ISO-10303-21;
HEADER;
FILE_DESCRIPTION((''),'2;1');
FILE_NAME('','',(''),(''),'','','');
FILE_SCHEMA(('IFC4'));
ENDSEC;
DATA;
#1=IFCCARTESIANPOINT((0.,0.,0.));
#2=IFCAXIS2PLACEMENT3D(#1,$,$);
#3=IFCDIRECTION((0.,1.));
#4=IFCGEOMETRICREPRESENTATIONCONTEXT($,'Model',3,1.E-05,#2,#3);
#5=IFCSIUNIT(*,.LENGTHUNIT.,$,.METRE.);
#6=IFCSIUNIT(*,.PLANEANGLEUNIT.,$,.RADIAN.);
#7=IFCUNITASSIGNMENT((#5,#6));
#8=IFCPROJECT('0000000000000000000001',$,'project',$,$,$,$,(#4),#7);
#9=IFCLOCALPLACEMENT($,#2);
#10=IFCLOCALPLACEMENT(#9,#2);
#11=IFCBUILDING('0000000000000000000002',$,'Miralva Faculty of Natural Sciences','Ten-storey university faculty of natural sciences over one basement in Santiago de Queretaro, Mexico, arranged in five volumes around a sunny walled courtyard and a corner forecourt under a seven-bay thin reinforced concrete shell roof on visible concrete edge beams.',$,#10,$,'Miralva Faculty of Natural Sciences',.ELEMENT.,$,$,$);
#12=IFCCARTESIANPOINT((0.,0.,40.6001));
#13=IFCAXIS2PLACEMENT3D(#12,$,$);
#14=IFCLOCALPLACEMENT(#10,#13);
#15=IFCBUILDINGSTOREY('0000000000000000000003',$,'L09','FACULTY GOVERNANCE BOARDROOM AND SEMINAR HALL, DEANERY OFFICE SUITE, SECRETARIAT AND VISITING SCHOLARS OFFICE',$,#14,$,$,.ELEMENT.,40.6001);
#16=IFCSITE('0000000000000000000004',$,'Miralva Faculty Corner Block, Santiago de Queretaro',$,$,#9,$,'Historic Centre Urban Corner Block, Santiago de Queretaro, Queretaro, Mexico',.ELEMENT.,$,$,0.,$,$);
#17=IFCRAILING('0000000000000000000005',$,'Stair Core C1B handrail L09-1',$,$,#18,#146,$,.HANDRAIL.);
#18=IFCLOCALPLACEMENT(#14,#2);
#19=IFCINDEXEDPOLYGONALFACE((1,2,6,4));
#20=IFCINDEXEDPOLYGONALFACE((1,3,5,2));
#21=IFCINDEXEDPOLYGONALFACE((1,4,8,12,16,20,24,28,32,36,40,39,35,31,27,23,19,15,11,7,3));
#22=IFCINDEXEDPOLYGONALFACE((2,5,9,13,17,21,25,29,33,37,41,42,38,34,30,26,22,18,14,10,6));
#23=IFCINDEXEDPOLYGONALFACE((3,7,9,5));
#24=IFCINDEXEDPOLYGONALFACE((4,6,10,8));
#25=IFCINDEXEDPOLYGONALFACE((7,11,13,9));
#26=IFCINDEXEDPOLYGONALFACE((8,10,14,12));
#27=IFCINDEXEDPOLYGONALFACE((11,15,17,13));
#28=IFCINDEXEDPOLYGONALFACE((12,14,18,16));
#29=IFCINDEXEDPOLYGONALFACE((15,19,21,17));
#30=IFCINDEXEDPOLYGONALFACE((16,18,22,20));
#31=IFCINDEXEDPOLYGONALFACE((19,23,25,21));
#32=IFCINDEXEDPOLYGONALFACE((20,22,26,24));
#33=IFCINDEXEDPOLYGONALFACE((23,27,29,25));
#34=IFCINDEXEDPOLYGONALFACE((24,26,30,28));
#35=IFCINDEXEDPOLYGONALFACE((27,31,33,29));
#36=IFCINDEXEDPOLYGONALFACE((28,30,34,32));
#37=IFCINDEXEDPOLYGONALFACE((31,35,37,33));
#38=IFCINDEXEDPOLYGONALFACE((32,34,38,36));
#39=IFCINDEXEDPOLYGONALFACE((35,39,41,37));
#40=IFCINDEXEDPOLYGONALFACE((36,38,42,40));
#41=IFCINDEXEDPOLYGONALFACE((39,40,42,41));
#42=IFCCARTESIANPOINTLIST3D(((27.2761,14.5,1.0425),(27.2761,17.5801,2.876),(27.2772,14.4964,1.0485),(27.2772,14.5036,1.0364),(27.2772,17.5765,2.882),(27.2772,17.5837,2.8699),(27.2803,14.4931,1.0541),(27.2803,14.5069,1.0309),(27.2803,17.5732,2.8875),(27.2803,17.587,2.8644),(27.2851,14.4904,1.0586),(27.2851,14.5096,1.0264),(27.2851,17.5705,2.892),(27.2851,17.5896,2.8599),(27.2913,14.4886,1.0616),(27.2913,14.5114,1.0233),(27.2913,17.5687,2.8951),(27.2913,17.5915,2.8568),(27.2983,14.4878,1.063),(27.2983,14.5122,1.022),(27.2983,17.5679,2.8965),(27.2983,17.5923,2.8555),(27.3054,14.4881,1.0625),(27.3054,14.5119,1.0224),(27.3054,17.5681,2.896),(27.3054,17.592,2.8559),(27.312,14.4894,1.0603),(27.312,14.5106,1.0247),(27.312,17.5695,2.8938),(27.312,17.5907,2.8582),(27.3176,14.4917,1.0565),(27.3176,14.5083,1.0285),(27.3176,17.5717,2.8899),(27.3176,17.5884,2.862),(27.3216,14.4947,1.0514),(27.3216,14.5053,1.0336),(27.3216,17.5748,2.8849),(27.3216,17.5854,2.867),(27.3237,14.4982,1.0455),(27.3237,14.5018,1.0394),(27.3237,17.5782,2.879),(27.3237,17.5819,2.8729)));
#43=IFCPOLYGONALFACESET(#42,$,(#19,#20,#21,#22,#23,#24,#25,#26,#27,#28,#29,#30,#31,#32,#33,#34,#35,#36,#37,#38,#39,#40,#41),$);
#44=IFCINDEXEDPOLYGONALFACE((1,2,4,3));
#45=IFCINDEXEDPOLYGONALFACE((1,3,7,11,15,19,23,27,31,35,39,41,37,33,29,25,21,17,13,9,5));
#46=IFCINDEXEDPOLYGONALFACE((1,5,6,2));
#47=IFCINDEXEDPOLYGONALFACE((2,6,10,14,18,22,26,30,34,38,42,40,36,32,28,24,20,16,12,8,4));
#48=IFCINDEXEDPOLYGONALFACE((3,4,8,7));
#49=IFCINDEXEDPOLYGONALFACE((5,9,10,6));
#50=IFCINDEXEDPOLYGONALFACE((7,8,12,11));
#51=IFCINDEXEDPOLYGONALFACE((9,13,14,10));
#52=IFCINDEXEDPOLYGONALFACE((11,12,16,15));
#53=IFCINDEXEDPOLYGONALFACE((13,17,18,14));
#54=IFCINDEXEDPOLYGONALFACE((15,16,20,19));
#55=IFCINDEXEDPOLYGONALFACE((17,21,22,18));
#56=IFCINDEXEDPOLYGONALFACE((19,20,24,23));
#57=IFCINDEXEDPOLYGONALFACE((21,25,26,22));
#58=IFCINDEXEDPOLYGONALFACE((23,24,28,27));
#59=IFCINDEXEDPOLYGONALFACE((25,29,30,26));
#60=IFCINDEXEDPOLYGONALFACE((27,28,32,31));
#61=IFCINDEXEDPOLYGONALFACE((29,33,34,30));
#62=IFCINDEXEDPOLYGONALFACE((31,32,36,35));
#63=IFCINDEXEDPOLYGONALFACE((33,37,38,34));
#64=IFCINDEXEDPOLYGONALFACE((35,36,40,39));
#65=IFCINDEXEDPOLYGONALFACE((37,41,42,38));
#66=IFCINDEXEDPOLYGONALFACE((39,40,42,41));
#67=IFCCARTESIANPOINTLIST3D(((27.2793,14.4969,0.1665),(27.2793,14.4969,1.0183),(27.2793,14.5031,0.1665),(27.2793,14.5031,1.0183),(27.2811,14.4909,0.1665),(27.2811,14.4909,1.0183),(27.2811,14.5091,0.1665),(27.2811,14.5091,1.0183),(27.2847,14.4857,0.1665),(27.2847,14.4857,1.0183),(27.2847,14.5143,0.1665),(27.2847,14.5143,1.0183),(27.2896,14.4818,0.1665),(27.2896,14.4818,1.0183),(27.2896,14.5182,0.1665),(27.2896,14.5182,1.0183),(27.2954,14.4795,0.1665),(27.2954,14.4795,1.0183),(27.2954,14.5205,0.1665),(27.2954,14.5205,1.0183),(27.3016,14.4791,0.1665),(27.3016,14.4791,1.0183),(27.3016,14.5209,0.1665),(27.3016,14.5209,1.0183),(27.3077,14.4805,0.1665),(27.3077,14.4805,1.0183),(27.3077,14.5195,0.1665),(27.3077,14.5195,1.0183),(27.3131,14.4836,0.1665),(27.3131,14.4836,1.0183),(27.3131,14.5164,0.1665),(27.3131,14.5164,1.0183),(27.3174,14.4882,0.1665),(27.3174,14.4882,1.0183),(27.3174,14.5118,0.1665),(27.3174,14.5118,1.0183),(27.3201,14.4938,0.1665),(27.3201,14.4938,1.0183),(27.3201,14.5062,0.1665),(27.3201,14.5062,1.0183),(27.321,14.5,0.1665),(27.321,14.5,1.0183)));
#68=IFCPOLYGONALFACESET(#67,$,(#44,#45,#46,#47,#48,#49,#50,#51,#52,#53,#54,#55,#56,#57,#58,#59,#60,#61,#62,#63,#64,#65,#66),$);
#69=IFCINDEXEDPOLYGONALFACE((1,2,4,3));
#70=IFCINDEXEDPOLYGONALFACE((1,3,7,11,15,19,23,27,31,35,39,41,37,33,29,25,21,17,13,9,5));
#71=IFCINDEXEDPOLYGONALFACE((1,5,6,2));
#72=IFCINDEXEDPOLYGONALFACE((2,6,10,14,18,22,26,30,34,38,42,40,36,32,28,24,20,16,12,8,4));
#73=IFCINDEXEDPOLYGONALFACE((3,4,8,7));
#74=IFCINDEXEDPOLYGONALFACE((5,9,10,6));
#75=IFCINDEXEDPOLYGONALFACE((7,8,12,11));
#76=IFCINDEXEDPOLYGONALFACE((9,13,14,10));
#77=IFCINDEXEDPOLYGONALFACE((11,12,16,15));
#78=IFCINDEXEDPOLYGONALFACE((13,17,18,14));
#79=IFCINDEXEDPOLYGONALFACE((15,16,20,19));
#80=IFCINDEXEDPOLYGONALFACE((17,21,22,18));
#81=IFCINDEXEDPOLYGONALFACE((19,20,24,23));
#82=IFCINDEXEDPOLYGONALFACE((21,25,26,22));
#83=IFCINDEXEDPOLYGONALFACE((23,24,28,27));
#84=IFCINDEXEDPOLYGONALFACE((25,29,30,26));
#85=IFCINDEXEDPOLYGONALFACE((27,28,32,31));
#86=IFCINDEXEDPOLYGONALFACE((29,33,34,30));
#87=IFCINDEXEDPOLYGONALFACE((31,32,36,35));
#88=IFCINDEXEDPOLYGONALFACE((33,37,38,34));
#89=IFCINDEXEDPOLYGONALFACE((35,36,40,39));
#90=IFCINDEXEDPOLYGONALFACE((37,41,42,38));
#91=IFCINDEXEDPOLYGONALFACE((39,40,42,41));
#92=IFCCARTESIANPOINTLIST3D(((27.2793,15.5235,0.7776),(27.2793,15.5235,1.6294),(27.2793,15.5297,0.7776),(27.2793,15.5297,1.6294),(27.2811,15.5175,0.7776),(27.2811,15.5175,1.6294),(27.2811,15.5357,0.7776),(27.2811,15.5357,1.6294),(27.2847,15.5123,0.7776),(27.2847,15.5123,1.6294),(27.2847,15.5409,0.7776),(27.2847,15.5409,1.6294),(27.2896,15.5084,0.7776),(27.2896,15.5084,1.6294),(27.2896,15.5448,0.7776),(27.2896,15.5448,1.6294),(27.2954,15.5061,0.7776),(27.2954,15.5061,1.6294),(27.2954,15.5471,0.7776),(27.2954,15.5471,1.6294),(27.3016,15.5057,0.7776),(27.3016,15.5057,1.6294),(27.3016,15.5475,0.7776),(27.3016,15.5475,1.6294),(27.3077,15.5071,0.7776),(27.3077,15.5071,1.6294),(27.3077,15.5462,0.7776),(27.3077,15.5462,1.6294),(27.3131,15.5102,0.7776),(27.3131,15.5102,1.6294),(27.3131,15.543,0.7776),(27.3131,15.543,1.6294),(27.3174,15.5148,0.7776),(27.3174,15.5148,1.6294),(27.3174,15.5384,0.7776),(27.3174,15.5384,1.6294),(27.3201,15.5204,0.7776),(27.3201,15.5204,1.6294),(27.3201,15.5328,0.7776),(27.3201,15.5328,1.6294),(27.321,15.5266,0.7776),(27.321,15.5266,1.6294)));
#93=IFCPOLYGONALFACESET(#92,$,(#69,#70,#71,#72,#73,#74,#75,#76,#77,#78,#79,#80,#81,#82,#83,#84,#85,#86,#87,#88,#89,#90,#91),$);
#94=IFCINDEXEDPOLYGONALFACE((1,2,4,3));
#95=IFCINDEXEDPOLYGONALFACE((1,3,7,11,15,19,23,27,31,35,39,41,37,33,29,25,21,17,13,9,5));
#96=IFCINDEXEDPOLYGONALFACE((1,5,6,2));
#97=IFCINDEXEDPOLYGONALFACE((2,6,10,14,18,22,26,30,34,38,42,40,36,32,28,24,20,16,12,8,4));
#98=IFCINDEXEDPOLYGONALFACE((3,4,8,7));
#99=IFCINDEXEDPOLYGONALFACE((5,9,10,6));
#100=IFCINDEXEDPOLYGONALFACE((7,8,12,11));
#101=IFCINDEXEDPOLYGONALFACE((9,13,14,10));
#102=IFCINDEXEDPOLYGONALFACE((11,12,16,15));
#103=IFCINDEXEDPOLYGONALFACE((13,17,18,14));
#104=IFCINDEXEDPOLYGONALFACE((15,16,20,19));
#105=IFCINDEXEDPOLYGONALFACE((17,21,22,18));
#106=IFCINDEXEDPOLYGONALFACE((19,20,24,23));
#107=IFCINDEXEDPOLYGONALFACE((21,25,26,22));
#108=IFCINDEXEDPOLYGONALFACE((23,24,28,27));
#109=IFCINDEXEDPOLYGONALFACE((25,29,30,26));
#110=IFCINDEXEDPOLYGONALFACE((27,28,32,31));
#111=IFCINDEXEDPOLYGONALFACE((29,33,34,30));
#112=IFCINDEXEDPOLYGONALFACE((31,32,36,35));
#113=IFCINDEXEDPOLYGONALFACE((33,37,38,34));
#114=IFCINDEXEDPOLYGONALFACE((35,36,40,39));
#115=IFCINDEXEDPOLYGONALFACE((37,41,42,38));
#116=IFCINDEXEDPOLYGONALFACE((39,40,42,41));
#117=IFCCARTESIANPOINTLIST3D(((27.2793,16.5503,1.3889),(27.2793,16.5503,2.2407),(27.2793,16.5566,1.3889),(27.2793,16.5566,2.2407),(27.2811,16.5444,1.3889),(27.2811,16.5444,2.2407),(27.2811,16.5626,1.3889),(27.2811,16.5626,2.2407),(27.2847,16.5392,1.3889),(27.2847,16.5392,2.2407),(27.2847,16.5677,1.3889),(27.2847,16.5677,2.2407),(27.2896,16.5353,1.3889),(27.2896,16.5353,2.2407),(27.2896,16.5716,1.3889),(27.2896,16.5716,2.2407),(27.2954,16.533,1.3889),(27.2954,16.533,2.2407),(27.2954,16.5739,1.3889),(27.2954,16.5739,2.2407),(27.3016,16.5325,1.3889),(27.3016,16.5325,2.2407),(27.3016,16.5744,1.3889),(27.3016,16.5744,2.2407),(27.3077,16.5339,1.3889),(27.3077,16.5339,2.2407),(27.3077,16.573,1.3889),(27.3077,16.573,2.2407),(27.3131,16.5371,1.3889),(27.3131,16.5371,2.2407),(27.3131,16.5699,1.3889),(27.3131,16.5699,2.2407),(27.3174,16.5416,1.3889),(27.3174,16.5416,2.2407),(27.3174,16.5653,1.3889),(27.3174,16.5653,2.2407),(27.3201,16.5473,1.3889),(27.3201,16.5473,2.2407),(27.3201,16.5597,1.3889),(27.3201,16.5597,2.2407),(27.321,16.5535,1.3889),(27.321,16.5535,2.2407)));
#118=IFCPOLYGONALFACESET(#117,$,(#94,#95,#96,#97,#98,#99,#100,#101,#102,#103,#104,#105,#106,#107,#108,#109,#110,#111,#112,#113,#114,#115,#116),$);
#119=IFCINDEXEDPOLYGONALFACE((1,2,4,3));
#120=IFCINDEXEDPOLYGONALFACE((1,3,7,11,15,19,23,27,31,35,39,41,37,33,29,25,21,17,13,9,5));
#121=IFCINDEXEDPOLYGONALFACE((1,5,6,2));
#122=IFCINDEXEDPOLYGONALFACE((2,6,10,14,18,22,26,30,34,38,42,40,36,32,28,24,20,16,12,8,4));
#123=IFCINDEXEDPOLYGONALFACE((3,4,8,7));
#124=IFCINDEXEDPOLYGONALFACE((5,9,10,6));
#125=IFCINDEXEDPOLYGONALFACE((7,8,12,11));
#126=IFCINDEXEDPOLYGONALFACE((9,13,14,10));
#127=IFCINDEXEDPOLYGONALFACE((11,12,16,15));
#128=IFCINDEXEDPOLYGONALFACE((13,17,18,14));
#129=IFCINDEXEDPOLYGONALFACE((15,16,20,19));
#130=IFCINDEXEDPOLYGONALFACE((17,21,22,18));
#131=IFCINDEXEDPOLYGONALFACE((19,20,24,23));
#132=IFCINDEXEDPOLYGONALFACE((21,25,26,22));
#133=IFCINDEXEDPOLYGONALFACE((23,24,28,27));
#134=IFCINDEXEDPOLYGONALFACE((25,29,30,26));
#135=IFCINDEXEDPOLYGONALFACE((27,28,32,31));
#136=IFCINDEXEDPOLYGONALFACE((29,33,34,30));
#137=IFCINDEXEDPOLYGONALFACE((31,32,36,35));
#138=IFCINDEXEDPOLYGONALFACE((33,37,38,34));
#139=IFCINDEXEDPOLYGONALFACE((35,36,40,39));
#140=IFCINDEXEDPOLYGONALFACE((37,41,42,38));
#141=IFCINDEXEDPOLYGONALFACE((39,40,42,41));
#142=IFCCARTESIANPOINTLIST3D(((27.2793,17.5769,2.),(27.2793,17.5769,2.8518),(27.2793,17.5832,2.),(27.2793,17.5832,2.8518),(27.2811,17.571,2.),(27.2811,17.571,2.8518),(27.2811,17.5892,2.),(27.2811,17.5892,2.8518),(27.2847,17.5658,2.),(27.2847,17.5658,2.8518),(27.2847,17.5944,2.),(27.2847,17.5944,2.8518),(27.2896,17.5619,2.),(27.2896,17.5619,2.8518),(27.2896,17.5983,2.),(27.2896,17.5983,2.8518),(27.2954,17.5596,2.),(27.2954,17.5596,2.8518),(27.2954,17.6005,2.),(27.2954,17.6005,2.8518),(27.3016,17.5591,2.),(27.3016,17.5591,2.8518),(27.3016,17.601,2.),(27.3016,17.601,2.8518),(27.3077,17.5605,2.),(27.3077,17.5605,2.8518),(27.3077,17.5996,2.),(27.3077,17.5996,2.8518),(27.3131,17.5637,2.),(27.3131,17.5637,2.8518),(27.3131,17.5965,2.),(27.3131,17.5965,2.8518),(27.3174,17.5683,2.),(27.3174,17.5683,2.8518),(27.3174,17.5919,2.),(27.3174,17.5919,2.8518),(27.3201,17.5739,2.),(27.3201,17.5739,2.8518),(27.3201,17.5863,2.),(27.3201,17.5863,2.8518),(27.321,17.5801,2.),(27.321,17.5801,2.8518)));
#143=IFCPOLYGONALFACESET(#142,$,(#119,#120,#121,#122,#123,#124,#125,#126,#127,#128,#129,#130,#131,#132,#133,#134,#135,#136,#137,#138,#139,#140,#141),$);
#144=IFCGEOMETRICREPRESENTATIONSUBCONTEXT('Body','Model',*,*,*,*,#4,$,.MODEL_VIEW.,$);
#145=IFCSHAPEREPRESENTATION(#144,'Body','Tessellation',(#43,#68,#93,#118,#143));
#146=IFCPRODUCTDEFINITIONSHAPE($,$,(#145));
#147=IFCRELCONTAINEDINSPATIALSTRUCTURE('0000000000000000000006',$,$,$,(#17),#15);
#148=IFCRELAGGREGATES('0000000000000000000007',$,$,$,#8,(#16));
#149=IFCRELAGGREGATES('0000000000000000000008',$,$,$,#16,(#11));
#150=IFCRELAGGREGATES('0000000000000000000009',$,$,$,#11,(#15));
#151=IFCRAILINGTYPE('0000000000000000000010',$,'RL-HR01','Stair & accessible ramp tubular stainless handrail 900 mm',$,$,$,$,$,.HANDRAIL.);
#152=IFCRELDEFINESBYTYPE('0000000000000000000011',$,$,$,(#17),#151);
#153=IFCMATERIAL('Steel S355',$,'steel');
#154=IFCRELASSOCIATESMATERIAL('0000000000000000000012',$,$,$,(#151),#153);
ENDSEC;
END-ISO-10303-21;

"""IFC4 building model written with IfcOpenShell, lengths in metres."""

from ifc_helpers import new_model, si_unit, direction, frame, origin, origin_2d, place, context, subcontext, project, spatial, circle, extrude, material, type_object, element, save


model = new_model("IFC4")

# Units and contexts
model_context = context("Model", 3, precision=1e-05, world=origin(), true_north=direction((0.0, 1.0)))
body_context = subcontext(model_context, "Body", "Model", "MODEL_VIEW")
ifc_project = project(units=[si_unit("LENGTHUNIT", "METRE"), si_unit("PLANEANGLEUNIT", "RADIAN")], contexts=[model_context])

# Site, building, storey
site_placement = place(None, origin())
site = spatial("IfcSite", under=ifc_project, at=site_placement, Name="Miralva Faculty Corner Block, Santiago de Queretaro", LongName="Historic Centre Urban Corner Block, Santiago de Queretaro, Queretaro, Mexico", CompositionType="ELEMENT", RefElevation=0.0)
building_placement = place(site_placement, origin())
building = spatial("IfcBuilding", under=site, at=building_placement, Name="Miralva Faculty of Natural Sciences", Description="Ten-storey university faculty of natural sciences over one basement in Santiago de Queretaro, Mexico, arranged in five volumes around a sunny walled courtyard and a corner forecourt under a seven-bay thin reinforced concrete shell roof on visible concrete edge beams.", LongName="Miralva Faculty of Natural Sciences", CompositionType="ELEMENT")
storey_placement = place(building_placement, frame((0.0, 0.0, 40.6001)))
storey = spatial("IfcBuildingStorey", under=building, at=storey_placement, Name="L09", Description="FACULTY GOVERNANCE BOARDROOM AND SEMINAR HALL, DEANERY OFFICE SUITE, SECRETARIAT AND VISITING SCHOLARS OFFICE", CompositionType="ELEMENT", Elevation=40.6001)

# Railing
ifc_material_1 = material(Name="Steel S355", Category="steel")
railing_type_1 = type_object("IfcRailingType", Name="RL-HR01", Description="Stair & accessible ramp tubular stainless handrail 900 mm", PredefinedType="HANDRAIL", material=ifc_material_1)
railing_1_placement = place(storey_placement, frame((27.3, 14.5, 0.1665)))
element("IfcRailing", 1, at=railing_1_placement, inside=storey, type_object=railing_type_1, Name="Stair Core C1B handrail L09-1", PredefinedType="HANDRAIL", context=body_context, shape_type="SweptSolid", body=[
    extrude(circle(Radius=0.0239, at=origin_2d()), frame((0.0, 0.0, 0.876), z_axis=(0.0, 0.859279, 0.511508), x_axis=(-1.0, 0.0, 0.0)), (0.0, 0.0, 1.0), 3.5845),
    extrude(circle(Radius=0.021, at=origin_2d()), origin(), (0.0, 0.0, 1.0), 0.8518),
    extrude(circle(Radius=0.021, at=origin_2d()), frame((0.0, 1.0266, 0.6111)), (0.0, 0.0, 1.0), 0.8518),
    extrude(circle(Radius=0.021, at=origin_2d()), frame((0.0, 2.0535, 1.2224)), (0.0, 0.0, 1.0), 0.8518),
    extrude(circle(Radius=0.021, at=origin_2d()), frame((0.0, 3.0801, 1.8335)), (0.0, 0.0, 1.0), 0.8518),
])

save(model, "model.ifc")
